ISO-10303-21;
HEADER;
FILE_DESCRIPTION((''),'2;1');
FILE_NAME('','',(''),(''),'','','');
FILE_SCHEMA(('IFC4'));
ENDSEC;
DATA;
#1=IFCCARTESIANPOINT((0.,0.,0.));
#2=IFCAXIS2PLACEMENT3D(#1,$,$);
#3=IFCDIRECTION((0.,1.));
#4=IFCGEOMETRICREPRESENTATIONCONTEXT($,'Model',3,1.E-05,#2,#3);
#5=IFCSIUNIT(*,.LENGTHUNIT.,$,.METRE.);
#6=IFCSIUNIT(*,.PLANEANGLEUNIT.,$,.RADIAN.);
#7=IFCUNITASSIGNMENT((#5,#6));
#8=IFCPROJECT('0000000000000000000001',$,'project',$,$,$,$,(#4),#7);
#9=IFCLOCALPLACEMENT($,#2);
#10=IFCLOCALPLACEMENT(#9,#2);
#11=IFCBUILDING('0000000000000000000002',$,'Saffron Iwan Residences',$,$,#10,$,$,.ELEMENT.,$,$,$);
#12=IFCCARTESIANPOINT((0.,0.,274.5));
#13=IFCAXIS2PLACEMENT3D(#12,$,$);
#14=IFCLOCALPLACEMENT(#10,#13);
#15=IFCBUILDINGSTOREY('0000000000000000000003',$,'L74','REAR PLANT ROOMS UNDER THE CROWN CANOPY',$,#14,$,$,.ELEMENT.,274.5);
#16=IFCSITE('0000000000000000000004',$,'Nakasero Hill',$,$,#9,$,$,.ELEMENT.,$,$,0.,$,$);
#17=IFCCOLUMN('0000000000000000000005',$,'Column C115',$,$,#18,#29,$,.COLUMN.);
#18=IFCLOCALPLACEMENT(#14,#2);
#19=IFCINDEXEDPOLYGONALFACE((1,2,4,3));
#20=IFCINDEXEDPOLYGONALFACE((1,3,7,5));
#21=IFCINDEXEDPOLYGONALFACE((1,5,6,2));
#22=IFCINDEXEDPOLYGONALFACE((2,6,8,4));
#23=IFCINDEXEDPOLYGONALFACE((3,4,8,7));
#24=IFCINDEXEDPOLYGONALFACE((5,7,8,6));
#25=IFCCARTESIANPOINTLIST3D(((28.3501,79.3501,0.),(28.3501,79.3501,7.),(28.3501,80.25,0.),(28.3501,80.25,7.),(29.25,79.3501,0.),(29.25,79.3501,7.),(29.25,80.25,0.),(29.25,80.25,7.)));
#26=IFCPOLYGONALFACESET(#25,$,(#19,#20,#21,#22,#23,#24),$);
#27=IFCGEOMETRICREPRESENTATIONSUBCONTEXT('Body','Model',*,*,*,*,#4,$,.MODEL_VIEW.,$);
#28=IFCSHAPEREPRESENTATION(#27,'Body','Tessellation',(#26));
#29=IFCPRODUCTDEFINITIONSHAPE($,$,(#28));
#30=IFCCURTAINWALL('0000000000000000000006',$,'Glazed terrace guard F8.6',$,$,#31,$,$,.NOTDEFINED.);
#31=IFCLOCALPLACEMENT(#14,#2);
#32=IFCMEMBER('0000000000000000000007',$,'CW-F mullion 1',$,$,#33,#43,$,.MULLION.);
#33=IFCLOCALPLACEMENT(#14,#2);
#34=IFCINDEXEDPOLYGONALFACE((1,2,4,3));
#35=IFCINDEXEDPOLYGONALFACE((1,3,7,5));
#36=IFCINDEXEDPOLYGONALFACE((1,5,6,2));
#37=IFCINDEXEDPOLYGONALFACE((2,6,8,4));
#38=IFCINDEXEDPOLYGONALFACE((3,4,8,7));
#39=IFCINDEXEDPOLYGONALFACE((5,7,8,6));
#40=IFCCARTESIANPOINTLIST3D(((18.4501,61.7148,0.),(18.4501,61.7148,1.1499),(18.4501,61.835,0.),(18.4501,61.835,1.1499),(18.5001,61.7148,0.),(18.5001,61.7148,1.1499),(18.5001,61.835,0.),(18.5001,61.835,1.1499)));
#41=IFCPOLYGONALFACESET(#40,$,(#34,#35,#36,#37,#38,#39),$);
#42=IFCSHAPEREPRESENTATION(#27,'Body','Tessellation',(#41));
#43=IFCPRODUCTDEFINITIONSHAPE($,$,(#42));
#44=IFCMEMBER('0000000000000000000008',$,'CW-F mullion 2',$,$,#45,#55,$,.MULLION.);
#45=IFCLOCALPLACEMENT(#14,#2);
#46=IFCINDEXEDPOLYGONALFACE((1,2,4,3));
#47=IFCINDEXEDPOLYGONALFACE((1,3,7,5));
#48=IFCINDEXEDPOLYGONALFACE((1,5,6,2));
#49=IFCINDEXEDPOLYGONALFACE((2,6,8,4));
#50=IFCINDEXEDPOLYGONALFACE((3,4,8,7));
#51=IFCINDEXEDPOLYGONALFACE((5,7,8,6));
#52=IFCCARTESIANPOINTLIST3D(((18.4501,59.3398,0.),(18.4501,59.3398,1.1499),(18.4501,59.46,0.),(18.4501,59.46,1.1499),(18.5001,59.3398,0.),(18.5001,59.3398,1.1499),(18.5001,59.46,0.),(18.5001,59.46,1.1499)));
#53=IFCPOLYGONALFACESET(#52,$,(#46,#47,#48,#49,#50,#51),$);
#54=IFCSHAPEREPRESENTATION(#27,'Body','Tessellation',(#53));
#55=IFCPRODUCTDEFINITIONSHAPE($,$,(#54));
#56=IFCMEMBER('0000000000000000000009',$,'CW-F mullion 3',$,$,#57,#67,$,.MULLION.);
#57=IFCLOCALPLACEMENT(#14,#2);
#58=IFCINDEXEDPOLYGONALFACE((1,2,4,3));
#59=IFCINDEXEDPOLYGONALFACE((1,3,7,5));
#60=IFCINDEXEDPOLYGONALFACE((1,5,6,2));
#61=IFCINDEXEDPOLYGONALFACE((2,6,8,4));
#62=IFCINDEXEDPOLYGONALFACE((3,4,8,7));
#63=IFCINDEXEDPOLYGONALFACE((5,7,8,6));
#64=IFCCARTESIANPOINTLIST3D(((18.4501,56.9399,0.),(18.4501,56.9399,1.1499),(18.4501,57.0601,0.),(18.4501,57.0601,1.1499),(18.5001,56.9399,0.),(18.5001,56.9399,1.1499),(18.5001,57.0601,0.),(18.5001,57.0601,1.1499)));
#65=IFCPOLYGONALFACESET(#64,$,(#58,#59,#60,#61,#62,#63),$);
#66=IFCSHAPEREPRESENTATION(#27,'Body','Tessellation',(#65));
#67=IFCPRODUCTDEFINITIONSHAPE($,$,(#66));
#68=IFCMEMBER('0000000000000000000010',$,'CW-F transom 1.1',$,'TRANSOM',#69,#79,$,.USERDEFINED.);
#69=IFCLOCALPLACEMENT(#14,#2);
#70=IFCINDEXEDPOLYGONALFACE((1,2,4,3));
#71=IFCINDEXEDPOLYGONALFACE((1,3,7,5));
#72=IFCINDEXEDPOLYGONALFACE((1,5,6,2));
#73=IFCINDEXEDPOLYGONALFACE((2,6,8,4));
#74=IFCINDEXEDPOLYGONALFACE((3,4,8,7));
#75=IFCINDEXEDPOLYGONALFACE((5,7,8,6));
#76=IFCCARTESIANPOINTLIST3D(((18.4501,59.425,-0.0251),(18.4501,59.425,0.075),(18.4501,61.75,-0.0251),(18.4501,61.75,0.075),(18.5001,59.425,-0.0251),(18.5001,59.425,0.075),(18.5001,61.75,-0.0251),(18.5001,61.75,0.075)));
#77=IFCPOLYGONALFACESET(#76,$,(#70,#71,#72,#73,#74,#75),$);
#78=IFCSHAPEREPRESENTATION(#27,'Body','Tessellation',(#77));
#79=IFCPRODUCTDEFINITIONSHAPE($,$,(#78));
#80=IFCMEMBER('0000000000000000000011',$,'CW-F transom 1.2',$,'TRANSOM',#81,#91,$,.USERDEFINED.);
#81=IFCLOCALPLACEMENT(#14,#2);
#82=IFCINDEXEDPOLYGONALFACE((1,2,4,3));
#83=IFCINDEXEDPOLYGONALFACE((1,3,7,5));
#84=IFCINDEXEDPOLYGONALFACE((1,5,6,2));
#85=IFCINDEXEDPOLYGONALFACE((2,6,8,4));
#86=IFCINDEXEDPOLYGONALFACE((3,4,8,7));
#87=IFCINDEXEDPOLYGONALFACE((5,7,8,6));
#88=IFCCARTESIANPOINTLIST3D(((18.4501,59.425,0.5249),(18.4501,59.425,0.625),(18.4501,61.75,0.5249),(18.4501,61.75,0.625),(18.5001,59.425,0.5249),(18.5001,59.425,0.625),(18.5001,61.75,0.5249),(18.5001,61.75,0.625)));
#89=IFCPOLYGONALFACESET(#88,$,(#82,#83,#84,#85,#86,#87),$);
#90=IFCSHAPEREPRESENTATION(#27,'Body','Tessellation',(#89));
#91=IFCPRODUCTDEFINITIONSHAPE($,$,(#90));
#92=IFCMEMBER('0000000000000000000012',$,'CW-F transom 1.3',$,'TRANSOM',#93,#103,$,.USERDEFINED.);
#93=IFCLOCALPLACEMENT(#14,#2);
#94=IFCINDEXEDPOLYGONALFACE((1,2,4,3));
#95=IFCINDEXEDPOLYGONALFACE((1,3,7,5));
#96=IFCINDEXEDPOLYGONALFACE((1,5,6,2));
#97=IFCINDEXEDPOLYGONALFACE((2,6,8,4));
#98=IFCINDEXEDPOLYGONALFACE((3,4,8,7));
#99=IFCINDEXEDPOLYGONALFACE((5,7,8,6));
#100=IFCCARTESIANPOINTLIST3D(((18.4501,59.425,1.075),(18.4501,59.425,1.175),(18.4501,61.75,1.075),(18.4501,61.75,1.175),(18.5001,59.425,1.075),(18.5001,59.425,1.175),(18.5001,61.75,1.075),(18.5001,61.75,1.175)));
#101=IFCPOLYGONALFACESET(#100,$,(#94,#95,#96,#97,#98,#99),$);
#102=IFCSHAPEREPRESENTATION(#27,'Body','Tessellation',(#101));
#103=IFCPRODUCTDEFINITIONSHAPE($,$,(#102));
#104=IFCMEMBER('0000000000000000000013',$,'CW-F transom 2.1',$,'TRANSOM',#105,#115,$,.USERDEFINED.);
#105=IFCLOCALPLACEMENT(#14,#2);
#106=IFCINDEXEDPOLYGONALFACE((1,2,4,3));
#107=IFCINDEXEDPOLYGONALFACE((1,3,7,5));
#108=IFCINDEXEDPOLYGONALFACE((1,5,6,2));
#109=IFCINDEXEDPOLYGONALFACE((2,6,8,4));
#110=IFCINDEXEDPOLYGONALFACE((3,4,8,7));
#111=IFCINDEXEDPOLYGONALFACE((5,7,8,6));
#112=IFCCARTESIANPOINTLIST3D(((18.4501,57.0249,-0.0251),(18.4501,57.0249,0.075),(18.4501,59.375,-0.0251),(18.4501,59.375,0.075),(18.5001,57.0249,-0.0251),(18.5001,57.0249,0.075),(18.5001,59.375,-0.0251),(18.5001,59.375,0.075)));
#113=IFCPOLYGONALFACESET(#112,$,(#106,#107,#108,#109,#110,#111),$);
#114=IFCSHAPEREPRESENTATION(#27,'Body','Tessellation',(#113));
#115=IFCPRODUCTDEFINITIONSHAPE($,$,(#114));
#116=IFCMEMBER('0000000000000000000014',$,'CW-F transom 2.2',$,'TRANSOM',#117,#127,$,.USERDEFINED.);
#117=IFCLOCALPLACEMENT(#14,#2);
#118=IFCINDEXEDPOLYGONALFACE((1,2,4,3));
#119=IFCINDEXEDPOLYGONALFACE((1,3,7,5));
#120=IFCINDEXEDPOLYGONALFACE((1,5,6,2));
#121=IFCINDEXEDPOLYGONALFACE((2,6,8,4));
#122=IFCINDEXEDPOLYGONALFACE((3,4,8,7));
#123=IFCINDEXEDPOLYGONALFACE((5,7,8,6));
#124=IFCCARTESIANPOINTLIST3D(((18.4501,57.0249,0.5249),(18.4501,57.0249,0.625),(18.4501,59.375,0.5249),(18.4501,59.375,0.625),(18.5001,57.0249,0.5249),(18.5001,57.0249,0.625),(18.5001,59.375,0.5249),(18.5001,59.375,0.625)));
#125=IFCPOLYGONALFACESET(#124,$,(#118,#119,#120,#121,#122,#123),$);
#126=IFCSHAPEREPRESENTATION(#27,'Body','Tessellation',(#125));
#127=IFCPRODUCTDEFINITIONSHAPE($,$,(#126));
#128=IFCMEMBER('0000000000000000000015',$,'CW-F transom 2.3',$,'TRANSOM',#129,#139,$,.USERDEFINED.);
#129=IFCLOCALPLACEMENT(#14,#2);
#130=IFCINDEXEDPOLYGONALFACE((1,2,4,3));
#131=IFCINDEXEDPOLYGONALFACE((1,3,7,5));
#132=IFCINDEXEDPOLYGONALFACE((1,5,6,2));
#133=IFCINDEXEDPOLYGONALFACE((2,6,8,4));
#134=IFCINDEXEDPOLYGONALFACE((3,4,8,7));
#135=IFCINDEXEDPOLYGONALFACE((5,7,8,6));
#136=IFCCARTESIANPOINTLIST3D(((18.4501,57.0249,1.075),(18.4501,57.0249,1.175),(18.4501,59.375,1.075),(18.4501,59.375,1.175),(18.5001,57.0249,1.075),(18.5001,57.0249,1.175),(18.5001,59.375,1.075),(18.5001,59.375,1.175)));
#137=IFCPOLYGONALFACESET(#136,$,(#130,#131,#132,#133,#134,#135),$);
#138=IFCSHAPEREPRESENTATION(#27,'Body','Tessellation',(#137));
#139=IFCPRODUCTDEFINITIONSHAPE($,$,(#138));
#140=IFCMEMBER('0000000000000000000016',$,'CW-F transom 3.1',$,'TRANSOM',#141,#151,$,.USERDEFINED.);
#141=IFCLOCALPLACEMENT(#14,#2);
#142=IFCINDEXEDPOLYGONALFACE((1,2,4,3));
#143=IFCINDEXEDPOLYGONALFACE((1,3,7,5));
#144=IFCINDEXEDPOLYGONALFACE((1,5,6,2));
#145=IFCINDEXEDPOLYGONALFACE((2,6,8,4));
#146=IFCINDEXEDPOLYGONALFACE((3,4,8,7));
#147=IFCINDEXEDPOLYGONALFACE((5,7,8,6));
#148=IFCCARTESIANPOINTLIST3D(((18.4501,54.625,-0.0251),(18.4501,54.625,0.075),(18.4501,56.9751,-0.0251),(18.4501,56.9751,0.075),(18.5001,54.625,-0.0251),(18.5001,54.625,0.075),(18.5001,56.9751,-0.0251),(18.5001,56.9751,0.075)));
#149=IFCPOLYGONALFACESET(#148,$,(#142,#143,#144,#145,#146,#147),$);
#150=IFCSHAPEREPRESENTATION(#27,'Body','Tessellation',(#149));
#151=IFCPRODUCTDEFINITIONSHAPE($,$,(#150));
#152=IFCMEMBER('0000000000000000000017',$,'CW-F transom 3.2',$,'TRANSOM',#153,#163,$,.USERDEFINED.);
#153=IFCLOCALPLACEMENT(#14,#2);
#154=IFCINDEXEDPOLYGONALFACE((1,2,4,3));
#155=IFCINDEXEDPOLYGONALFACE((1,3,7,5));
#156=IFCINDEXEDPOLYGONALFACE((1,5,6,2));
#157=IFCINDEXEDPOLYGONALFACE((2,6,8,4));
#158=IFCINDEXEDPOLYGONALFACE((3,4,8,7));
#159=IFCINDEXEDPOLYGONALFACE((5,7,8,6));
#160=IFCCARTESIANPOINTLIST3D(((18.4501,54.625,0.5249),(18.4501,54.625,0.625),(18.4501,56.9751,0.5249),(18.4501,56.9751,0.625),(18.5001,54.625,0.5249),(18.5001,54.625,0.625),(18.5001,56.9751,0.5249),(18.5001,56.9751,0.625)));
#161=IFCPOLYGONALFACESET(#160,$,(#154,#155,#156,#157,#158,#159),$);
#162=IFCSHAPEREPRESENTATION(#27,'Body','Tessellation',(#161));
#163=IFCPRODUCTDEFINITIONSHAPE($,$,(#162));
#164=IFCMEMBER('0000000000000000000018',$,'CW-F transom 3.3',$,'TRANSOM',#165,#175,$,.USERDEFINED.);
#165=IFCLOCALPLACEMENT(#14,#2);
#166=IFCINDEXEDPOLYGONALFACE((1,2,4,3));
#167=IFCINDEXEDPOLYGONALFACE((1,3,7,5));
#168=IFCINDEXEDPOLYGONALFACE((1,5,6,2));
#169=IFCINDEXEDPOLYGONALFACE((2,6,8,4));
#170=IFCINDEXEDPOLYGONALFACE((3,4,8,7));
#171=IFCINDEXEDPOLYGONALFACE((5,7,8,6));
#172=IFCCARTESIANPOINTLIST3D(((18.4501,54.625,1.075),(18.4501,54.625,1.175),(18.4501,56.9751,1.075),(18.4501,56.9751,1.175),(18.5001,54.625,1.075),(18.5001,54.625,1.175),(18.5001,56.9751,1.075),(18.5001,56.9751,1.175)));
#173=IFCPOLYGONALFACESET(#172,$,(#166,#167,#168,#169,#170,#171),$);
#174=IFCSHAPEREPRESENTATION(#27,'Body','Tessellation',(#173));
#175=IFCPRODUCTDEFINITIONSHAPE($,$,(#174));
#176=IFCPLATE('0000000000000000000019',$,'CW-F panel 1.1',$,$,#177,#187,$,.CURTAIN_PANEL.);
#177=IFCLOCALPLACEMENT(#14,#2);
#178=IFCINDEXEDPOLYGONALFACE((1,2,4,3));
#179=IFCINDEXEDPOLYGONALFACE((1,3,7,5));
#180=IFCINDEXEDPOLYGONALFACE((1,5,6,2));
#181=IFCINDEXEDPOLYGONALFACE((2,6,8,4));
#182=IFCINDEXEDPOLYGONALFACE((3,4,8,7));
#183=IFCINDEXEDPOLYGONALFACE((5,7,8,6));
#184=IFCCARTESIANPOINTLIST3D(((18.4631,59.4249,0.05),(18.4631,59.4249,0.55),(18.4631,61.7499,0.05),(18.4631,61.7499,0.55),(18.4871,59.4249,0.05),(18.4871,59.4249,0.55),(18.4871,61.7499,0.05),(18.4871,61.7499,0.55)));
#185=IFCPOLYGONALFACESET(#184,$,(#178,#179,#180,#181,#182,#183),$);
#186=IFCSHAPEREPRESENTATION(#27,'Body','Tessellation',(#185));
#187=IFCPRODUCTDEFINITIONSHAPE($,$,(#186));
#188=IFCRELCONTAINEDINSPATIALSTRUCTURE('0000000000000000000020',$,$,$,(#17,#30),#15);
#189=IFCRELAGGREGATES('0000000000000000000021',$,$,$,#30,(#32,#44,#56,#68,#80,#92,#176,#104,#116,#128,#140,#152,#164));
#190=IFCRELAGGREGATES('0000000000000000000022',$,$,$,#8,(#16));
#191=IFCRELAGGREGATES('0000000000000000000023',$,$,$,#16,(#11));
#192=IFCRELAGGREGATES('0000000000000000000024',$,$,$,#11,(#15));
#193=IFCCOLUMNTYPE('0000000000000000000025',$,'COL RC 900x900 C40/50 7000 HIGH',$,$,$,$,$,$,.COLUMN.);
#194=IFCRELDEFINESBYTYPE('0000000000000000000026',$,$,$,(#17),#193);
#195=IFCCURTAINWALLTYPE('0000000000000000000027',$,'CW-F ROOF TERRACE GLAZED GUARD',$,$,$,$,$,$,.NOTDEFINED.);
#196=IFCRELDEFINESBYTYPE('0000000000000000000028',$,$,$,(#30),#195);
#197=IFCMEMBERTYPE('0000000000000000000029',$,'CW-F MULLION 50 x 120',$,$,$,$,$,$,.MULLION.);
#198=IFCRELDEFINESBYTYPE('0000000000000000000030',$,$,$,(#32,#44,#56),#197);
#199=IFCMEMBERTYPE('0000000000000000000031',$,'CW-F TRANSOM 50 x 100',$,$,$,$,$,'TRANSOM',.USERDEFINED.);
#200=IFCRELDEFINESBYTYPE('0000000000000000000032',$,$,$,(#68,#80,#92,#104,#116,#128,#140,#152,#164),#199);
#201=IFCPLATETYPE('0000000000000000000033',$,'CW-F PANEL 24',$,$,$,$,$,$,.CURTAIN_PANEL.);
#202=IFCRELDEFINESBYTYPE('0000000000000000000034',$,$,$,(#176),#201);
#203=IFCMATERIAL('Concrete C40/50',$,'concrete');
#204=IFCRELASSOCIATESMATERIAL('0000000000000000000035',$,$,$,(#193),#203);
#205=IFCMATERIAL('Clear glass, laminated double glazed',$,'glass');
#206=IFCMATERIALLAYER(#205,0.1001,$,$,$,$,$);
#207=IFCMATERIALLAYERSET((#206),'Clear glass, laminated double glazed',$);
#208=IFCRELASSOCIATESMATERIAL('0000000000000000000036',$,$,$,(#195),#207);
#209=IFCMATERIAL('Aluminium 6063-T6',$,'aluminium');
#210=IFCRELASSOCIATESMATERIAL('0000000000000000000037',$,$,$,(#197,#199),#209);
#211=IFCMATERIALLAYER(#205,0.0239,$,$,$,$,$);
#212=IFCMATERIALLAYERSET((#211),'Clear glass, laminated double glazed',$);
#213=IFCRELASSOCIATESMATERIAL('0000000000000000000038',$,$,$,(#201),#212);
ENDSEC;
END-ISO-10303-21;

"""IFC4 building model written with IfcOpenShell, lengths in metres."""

from ifc_helpers import new_model, si_unit, direction, frame, origin, origin_2d, place, context, subcontext, project, spatial, rectangle, extrude, source, transform, mapped, material, layer, layer_set, material_profile, profile_set, type_object, element, aggregate, save


model = new_model("IFC4")

# Units and contexts
model_context = context("Model", 3, precision=1e-05, world=origin(), true_north=direction((0.0, 1.0)))
body_context = subcontext(model_context, "Body", "Model", "MODEL_VIEW")
ifc_project = project(units=[si_unit("LENGTHUNIT", "METRE"), si_unit("PLANEANGLEUNIT", "RADIAN")], contexts=[model_context])

# Site, building, storey
site_placement = place(None, origin())
site = spatial("IfcSite", under=ifc_project, at=site_placement, Name="Nakasero Hill", CompositionType="ELEMENT", RefElevation=0.0)
building_placement = place(site_placement, origin())
building = spatial("IfcBuilding", under=site, at=building_placement, Name="Saffron Iwan Residences", CompositionType="ELEMENT")
storey_placement = place(building_placement, frame((0.0, 0.0, 274.5)))
storey = spatial("IfcBuildingStorey", under=building, at=storey_placement, Name="L74", Description="REAR PLANT ROOMS UNDER THE CROWN CANOPY", CompositionType="ELEMENT", Elevation=274.5)

# Column
ifc_material_1 = material(Name="Concrete C40/50", Category="concrete")
ifc_material_profile_1 = material_profile(ifc_material_1, rectangle(XDim=0.8999, YDim=0.8999, at=origin_2d()), Name="RC 900x900")
ifc_profile_set_1 = profile_set([ifc_material_profile_1], Name="Concrete C40/50")
column_type = type_object("IfcColumnType", Name="COL RC 900x900 C40/50 7000 HIGH", PredefinedType="COLUMN", material=ifc_profile_set_1)
shared_shape_1 = source(origin(), body_context, "Body", "SweptSolid", [
    extrude(rectangle(XDim=0.8999, YDim=0.8999, at=origin_2d()), origin(), (0.0, 0.0, 1.0), 7.0),
])
column_placement = place(storey_placement, frame((28.8, 79.8, 0.0), z_axis=(0.0, 0.0, 1.0), x_axis=(1.0, 0.0, 0.0)))
element("IfcColumn", 1, at=column_placement, inside=storey, type_object=column_type, Name="Column C115", PredefinedType="COLUMN", context=body_context, shape_type="MappedRepresentation", body=[
    mapped(shared_shape_1, transform((0.0, 0.0, 0.0))),
])

# Curtain wall, members, plate
ifc_material_2 = material(Name="Clear glass, laminated double glazed", Category="glass")
ifc_layer_1 = layer(ifc_material_2, 0.1001)
ifc_layer_set_1 = layer_set([ifc_layer_1], Name="Clear glass, laminated double glazed")
curtain_wall_type = type_object("IfcCurtainWallType", Name="CW-F ROOF TERRACE GLAZED GUARD", PredefinedType="NOTDEFINED", material=ifc_layer_set_1)
curtain_wall_placement = place(storey_placement, origin())
curtain_wall = element("IfcCurtainWall", 2, at=curtain_wall_placement, inside=storey, type_object=curtain_wall_type, Name="Glazed terrace guard F8.6", PredefinedType="NOTDEFINED")
ifc_material_3 = material(Name="Aluminium 6063-T6", Category="aluminium")
ifc_material_profile_2 = material_profile(ifc_material_3, rectangle(XDim=0.05, YDim=0.1201, at=origin_2d()), Name="CW-F MULLION 50 x 120")
ifc_profile_set_2 = profile_set([ifc_material_profile_2], Name="Aluminium 6063-T6")
member_type_1 = type_object("IfcMemberType", Name="CW-F MULLION 50 x 120", PredefinedType="MULLION", material=ifc_profile_set_2)
shared_shape_2 = source(origin(), body_context, "Body", "SweptSolid", [
    extrude(rectangle(XDim=0.05, YDim=0.1201, at=origin_2d()), origin(), (0.0, 0.0, 1.0), 1.1499),
])
member_1_placement = place(storey_placement, frame((18.4751, 61.7749, 0.0), z_axis=(0.0, 0.0, 1.0), x_axis=(1.0, 0.0, 0.0)))
member_1 = element("IfcMember", 3, at=member_1_placement, type_object=member_type_1, Name="CW-F mullion 1", PredefinedType="MULLION", context=body_context, shape_type="MappedRepresentation", body=[
    mapped(shared_shape_2, transform((0.0, 0.0, 0.0))),
])
member_2_placement = place(storey_placement, frame((18.4751, 59.3999, 0.0), z_axis=(0.0, 0.0, 1.0), x_axis=(1.0, 0.0, 0.0)))
member_2 = element("IfcMember", 4, at=member_2_placement, type_object=member_type_1, Name="CW-F mullion 2", PredefinedType="MULLION", context=body_context, shape_type="MappedRepresentation", body=[
    mapped(shared_shape_2, transform((0.0, 0.0, 0.0))),
])
member_3_placement = place(storey_placement, frame((18.4751, 57.0, 0.0), z_axis=(0.0, 0.0, 1.0), x_axis=(1.0, 0.0, 0.0)))
member_3 = element("IfcMember", 5, at=member_3_placement, type_object=member_type_1, Name="CW-F mullion 3", PredefinedType="MULLION", context=body_context, shape_type="MappedRepresentation", body=[
    mapped(shared_shape_2, transform((0.0, 0.0, 0.0))),
])
ifc_material_profile_3 = material_profile(ifc_material_3, rectangle(XDim=0.05, YDim=0.1001, at=origin_2d()), Name="CW-F TRANSOM 50 x 100")
ifc_profile_set_3 = profile_set([ifc_material_profile_3], Name="Aluminium 6063-T6")
member_type_2 = type_object("IfcMemberType", Name="CW-F TRANSOM 50 x 100", ElementType="TRANSOM", PredefinedType="USERDEFINED", material=ifc_profile_set_3)
shared_shape_3 = source(origin(), body_context, "Body", "SweptSolid", [
    extrude(rectangle(XDim=0.05, YDim=0.1001, at=origin_2d()), origin(), (0.0, 0.0, 1.0), 2.325),
])
member_4_placement = place(storey_placement, frame((18.4751, 61.75, 0.0249), z_axis=(0.0, -1.0, 0.0), x_axis=(1.0, 0.0, 0.0)))
member_4 = element("IfcMember", 6, at=member_4_placement, type_object=member_type_2, Name="CW-F transom 1.1", ObjectType="TRANSOM", PredefinedType="USERDEFINED", context=body_context, shape_type="MappedRepresentation", body=[
    mapped(shared_shape_3, transform((0.0, 0.0, 0.0))),
])
member_5_placement = place(storey_placement, frame((18.4751, 61.75, 0.575), z_axis=(0.0, -1.0, 0.0), x_axis=(1.0, 0.0, 0.0)))
member_5 = element("IfcMember", 7, at=member_5_placement, type_object=member_type_2, Name="CW-F transom 1.2", ObjectType="TRANSOM", PredefinedType="USERDEFINED", context=body_context, shape_type="MappedRepresentation", body=[
    mapped(shared_shape_3, transform((0.0, 0.0, 0.0))),
])
member_6_placement = place(storey_placement, frame((18.4751, 61.75, 1.125), z_axis=(0.0, -1.0, 0.0), x_axis=(1.0, 0.0, 0.0)))
member_6 = element("IfcMember", 8, at=member_6_placement, type_object=member_type_2, Name="CW-F transom 1.3", ObjectType="TRANSOM", PredefinedType="USERDEFINED", context=body_context, shape_type="MappedRepresentation", body=[
    mapped(shared_shape_3, transform((0.0, 0.0, 0.0))),
])
shared_shape_4 = source(origin(), body_context, "Body", "SweptSolid", [
    extrude(rectangle(XDim=0.05, YDim=0.1001, at=origin_2d()), origin(), (0.0, 0.0, 1.0), 2.3501),
])
member_7_placement = place(storey_placement, frame((18.4751, 59.375, 0.0249), z_axis=(0.0, -1.0, 0.0), x_axis=(1.0, 0.0, 0.0)))
member_7 = element("IfcMember", 9, at=member_7_placement, type_object=member_type_2, Name="CW-F transom 2.1", ObjectType="TRANSOM", PredefinedType="USERDEFINED", context=body_context, shape_type="MappedRepresentation", body=[
    mapped(shared_shape_4, transform((0.0, 0.0, 0.0))),
])
member_8_placement = place(storey_placement, frame((18.4751, 59.375, 0.575), z_axis=(0.0, -1.0, 0.0), x_axis=(1.0, 0.0, 0.0)))
member_8 = element("IfcMember", 10, at=member_8_placement, type_object=member_type_2, Name="CW-F transom 2.2", ObjectType="TRANSOM", PredefinedType="USERDEFINED", context=body_context, shape_type="MappedRepresentation", body=[
    mapped(shared_shape_4, transform((0.0, 0.0, 0.0))),
])
member_9_placement = place(storey_placement, frame((18.4751, 59.375, 1.125), z_axis=(0.0, -1.0, 0.0), x_axis=(1.0, 0.0, 0.0)))
member_9 = element("IfcMember", 11, at=member_9_placement, type_object=member_type_2, Name="CW-F transom 2.3", ObjectType="TRANSOM", PredefinedType="USERDEFINED", context=body_context, shape_type="MappedRepresentation", body=[
    mapped(shared_shape_4, transform((0.0, 0.0, 0.0))),
])
member_10_placement = place(storey_placement, frame((18.4751, 56.9751, 0.0249), z_axis=(0.0, -1.0, 0.0), x_axis=(1.0, 0.0, 0.0)))
member_10 = element("IfcMember", 12, at=member_10_placement, type_object=member_type_2, Name="CW-F transom 3.1", ObjectType="TRANSOM", PredefinedType="USERDEFINED", context=body_context, shape_type="MappedRepresentation", body=[
    mapped(shared_shape_4, transform((0.0, 0.0, 0.0))),
])
member_11_placement = place(storey_placement, frame((18.4751, 56.9751, 0.575), z_axis=(0.0, -1.0, 0.0), x_axis=(1.0, 0.0, 0.0)))
member_11 = element("IfcMember", 13, at=member_11_placement, type_object=member_type_2, Name="CW-F transom 3.2", ObjectType="TRANSOM", PredefinedType="USERDEFINED", context=body_context, shape_type="MappedRepresentation", body=[
    mapped(shared_shape_4, transform((0.0, 0.0, 0.0))),
])
member_12_placement = place(storey_placement, frame((18.4751, 56.9751, 1.125), z_axis=(0.0, -1.0, 0.0), x_axis=(1.0, 0.0, 0.0)))
member_12 = element("IfcMember", 14, at=member_12_placement, type_object=member_type_2, Name="CW-F transom 3.3", ObjectType="TRANSOM", PredefinedType="USERDEFINED", context=body_context, shape_type="MappedRepresentation", body=[
    mapped(shared_shape_4, transform((0.0, 0.0, 0.0))),
])
ifc_layer_2 = layer(ifc_material_2, 0.0239)
ifc_layer_set_2 = layer_set([ifc_layer_2], Name="Clear glass, laminated double glazed")
plate_type = type_object("IfcPlateType", Name="CW-F PANEL 24", PredefinedType="CURTAIN_PANEL", material=ifc_layer_set_2)
shared_shape_5 = source(origin(), body_context, "Body", "SweptSolid", [
    extrude(rectangle(XDim=2.325, YDim=0.0239, at=origin_2d()), origin(), (0.0, 0.0, 1.0), 0.5),
])
plate_1_placement = place(storey_placement, frame((18.4751, 60.5874, 0.05), z_axis=(0.0, 0.0, 1.0), x_axis=(0.0, -1.0, 0.0)))
plate_1 = element("IfcPlate", 15, at=plate_1_placement, type_object=plate_type, Name="CW-F panel 1.1", PredefinedType="CURTAIN_PANEL", context=body_context, shape_type="MappedRepresentation", body=[
    mapped(shared_shape_5, transform((0.0, 0.0, 0.0))),
])
aggregate(curtain_wall, [member_1, member_2, member_3, member_4, member_5, member_6, plate_1, member_7, member_8, member_9, member_10, member_11, member_12])

save(model, "model.ifc")
